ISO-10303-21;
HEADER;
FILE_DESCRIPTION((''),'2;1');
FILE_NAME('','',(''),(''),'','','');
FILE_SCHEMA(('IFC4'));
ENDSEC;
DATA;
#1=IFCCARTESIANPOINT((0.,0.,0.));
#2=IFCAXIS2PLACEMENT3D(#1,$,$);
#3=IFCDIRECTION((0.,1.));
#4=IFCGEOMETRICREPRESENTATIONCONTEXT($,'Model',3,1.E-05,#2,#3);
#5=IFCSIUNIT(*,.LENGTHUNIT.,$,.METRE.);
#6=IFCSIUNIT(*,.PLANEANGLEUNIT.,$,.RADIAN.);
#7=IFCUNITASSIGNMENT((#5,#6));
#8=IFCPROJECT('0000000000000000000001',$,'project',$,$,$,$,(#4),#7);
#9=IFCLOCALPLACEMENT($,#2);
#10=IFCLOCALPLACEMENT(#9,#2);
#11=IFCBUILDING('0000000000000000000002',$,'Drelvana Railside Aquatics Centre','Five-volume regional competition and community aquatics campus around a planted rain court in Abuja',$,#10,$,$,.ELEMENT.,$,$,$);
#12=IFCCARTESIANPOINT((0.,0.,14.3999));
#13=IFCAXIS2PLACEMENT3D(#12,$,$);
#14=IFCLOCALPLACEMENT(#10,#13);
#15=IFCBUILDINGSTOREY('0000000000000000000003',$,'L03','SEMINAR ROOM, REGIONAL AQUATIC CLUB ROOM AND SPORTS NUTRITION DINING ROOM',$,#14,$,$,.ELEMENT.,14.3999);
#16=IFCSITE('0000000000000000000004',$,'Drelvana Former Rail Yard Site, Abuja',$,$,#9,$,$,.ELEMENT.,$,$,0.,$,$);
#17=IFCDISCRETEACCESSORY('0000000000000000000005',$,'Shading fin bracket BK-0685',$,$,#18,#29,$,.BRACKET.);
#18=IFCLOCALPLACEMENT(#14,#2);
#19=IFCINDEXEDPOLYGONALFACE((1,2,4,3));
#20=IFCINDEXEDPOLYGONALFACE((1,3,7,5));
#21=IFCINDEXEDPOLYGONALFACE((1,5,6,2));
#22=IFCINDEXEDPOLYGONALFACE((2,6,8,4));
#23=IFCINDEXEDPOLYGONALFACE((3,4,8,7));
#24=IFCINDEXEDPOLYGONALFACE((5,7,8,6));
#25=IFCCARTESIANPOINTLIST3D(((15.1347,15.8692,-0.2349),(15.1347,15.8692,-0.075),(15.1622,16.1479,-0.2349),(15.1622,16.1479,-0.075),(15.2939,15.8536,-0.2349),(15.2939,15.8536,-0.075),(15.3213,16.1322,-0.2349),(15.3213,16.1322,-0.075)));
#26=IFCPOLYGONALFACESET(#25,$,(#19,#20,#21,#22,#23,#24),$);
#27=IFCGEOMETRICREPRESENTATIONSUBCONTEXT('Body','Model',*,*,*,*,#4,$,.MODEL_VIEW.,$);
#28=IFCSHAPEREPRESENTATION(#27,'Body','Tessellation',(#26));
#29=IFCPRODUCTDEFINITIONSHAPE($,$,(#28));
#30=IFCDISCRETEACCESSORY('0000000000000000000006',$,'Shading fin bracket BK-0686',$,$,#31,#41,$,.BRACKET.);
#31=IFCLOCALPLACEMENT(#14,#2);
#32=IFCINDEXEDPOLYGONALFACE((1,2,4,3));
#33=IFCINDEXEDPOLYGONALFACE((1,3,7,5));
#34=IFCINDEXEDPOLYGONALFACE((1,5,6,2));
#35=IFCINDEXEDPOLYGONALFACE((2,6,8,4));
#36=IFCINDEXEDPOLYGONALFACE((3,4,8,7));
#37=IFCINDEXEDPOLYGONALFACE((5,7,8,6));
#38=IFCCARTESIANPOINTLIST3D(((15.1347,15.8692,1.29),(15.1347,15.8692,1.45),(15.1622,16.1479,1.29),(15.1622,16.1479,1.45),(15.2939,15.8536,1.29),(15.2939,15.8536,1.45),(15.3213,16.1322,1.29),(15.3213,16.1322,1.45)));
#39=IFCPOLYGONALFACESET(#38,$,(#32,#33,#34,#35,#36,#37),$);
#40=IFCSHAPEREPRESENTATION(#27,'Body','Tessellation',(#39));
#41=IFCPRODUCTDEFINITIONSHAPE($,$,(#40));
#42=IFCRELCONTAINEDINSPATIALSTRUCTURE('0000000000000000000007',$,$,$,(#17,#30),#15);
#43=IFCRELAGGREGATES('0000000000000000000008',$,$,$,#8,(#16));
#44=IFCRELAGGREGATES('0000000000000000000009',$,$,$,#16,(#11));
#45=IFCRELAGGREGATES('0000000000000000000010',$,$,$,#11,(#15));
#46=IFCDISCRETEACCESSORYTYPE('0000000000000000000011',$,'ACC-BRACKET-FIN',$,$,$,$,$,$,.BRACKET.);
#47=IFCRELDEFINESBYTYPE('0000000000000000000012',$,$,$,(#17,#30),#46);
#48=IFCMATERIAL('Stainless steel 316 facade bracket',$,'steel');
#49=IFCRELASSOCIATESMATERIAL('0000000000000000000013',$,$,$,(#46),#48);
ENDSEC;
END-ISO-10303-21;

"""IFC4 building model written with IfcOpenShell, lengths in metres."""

from ifc_helpers import new_model, si_unit, direction, frame, origin, origin_2d, place, context, subcontext, project, spatial, rectangle, extrude, material, type_object, element, save


model = new_model("IFC4")

# Units and contexts
model_context = context("Model", 3, precision=1e-05, world=origin(), true_north=direction((0.0, 1.0)))
body_context = subcontext(model_context, "Body", "Model", "MODEL_VIEW")
ifc_project = project(units=[si_unit("LENGTHUNIT", "METRE"), si_unit("PLANEANGLEUNIT", "RADIAN")], contexts=[model_context])

# Site, building, storey
site_placement = place(None, origin())
site = spatial("IfcSite", under=ifc_project, at=site_placement, Name="Drelvana Former Rail Yard Site, Abuja", CompositionType="ELEMENT", RefElevation=0.0)
building_placement = place(site_placement, origin())
building = spatial("IfcBuilding", under=site, at=building_placement, Name="Drelvana Railside Aquatics Centre", Description="Five-volume regional competition and community aquatics campus around a planted rain court in Abuja", CompositionType="ELEMENT")
storey_placement = place(building_placement, frame((0.0, 0.0, 14.3999)))
storey = spatial("IfcBuildingStorey", under=building, at=storey_placement, Name="L03", Description="SEMINAR ROOM, REGIONAL AQUATIC CLUB ROOM AND SPORTS NUTRITION DINING ROOM", CompositionType="ELEMENT", Elevation=14.3999)

# Discrete accessories
ifc_material_1 = material(Name="Stainless steel 316 facade bracket", Category="steel")
discrete_accessory_type = type_object("IfcDiscreteAccessoryType", Name="ACC-BRACKET-FIN", PredefinedType="BRACKET", material=ifc_material_1)
for number, where, z_axis, x_axis, name in (
    (1, (15.228, 16.0007, -0.2349), (0.0, 0.0, 1.0), (-0.098017, -0.995185, 0.0), "Shading fin bracket BK-0685"),
    (2, (15.228, 16.0007, 1.29), (0.0, 0.0, 1.0), (-0.098017, -0.995185, 0.0), "Shading fin bracket BK-0686"),
):
    element("IfcDiscreteAccessory", number, at=place(storey_placement, frame(where, z_axis=z_axis, x_axis=x_axis)), inside=storey, type_object=discrete_accessory_type, Name=name, PredefinedType="BRACKET", context=body_context, shape_type="SweptSolid", body=[
        extrude(rectangle(XDim=0.28, YDim=0.1599, at=origin_2d()), origin(), (0.0, 0.0, 1.0), 0.1599),
    ])

save(model, "model.ifc")
